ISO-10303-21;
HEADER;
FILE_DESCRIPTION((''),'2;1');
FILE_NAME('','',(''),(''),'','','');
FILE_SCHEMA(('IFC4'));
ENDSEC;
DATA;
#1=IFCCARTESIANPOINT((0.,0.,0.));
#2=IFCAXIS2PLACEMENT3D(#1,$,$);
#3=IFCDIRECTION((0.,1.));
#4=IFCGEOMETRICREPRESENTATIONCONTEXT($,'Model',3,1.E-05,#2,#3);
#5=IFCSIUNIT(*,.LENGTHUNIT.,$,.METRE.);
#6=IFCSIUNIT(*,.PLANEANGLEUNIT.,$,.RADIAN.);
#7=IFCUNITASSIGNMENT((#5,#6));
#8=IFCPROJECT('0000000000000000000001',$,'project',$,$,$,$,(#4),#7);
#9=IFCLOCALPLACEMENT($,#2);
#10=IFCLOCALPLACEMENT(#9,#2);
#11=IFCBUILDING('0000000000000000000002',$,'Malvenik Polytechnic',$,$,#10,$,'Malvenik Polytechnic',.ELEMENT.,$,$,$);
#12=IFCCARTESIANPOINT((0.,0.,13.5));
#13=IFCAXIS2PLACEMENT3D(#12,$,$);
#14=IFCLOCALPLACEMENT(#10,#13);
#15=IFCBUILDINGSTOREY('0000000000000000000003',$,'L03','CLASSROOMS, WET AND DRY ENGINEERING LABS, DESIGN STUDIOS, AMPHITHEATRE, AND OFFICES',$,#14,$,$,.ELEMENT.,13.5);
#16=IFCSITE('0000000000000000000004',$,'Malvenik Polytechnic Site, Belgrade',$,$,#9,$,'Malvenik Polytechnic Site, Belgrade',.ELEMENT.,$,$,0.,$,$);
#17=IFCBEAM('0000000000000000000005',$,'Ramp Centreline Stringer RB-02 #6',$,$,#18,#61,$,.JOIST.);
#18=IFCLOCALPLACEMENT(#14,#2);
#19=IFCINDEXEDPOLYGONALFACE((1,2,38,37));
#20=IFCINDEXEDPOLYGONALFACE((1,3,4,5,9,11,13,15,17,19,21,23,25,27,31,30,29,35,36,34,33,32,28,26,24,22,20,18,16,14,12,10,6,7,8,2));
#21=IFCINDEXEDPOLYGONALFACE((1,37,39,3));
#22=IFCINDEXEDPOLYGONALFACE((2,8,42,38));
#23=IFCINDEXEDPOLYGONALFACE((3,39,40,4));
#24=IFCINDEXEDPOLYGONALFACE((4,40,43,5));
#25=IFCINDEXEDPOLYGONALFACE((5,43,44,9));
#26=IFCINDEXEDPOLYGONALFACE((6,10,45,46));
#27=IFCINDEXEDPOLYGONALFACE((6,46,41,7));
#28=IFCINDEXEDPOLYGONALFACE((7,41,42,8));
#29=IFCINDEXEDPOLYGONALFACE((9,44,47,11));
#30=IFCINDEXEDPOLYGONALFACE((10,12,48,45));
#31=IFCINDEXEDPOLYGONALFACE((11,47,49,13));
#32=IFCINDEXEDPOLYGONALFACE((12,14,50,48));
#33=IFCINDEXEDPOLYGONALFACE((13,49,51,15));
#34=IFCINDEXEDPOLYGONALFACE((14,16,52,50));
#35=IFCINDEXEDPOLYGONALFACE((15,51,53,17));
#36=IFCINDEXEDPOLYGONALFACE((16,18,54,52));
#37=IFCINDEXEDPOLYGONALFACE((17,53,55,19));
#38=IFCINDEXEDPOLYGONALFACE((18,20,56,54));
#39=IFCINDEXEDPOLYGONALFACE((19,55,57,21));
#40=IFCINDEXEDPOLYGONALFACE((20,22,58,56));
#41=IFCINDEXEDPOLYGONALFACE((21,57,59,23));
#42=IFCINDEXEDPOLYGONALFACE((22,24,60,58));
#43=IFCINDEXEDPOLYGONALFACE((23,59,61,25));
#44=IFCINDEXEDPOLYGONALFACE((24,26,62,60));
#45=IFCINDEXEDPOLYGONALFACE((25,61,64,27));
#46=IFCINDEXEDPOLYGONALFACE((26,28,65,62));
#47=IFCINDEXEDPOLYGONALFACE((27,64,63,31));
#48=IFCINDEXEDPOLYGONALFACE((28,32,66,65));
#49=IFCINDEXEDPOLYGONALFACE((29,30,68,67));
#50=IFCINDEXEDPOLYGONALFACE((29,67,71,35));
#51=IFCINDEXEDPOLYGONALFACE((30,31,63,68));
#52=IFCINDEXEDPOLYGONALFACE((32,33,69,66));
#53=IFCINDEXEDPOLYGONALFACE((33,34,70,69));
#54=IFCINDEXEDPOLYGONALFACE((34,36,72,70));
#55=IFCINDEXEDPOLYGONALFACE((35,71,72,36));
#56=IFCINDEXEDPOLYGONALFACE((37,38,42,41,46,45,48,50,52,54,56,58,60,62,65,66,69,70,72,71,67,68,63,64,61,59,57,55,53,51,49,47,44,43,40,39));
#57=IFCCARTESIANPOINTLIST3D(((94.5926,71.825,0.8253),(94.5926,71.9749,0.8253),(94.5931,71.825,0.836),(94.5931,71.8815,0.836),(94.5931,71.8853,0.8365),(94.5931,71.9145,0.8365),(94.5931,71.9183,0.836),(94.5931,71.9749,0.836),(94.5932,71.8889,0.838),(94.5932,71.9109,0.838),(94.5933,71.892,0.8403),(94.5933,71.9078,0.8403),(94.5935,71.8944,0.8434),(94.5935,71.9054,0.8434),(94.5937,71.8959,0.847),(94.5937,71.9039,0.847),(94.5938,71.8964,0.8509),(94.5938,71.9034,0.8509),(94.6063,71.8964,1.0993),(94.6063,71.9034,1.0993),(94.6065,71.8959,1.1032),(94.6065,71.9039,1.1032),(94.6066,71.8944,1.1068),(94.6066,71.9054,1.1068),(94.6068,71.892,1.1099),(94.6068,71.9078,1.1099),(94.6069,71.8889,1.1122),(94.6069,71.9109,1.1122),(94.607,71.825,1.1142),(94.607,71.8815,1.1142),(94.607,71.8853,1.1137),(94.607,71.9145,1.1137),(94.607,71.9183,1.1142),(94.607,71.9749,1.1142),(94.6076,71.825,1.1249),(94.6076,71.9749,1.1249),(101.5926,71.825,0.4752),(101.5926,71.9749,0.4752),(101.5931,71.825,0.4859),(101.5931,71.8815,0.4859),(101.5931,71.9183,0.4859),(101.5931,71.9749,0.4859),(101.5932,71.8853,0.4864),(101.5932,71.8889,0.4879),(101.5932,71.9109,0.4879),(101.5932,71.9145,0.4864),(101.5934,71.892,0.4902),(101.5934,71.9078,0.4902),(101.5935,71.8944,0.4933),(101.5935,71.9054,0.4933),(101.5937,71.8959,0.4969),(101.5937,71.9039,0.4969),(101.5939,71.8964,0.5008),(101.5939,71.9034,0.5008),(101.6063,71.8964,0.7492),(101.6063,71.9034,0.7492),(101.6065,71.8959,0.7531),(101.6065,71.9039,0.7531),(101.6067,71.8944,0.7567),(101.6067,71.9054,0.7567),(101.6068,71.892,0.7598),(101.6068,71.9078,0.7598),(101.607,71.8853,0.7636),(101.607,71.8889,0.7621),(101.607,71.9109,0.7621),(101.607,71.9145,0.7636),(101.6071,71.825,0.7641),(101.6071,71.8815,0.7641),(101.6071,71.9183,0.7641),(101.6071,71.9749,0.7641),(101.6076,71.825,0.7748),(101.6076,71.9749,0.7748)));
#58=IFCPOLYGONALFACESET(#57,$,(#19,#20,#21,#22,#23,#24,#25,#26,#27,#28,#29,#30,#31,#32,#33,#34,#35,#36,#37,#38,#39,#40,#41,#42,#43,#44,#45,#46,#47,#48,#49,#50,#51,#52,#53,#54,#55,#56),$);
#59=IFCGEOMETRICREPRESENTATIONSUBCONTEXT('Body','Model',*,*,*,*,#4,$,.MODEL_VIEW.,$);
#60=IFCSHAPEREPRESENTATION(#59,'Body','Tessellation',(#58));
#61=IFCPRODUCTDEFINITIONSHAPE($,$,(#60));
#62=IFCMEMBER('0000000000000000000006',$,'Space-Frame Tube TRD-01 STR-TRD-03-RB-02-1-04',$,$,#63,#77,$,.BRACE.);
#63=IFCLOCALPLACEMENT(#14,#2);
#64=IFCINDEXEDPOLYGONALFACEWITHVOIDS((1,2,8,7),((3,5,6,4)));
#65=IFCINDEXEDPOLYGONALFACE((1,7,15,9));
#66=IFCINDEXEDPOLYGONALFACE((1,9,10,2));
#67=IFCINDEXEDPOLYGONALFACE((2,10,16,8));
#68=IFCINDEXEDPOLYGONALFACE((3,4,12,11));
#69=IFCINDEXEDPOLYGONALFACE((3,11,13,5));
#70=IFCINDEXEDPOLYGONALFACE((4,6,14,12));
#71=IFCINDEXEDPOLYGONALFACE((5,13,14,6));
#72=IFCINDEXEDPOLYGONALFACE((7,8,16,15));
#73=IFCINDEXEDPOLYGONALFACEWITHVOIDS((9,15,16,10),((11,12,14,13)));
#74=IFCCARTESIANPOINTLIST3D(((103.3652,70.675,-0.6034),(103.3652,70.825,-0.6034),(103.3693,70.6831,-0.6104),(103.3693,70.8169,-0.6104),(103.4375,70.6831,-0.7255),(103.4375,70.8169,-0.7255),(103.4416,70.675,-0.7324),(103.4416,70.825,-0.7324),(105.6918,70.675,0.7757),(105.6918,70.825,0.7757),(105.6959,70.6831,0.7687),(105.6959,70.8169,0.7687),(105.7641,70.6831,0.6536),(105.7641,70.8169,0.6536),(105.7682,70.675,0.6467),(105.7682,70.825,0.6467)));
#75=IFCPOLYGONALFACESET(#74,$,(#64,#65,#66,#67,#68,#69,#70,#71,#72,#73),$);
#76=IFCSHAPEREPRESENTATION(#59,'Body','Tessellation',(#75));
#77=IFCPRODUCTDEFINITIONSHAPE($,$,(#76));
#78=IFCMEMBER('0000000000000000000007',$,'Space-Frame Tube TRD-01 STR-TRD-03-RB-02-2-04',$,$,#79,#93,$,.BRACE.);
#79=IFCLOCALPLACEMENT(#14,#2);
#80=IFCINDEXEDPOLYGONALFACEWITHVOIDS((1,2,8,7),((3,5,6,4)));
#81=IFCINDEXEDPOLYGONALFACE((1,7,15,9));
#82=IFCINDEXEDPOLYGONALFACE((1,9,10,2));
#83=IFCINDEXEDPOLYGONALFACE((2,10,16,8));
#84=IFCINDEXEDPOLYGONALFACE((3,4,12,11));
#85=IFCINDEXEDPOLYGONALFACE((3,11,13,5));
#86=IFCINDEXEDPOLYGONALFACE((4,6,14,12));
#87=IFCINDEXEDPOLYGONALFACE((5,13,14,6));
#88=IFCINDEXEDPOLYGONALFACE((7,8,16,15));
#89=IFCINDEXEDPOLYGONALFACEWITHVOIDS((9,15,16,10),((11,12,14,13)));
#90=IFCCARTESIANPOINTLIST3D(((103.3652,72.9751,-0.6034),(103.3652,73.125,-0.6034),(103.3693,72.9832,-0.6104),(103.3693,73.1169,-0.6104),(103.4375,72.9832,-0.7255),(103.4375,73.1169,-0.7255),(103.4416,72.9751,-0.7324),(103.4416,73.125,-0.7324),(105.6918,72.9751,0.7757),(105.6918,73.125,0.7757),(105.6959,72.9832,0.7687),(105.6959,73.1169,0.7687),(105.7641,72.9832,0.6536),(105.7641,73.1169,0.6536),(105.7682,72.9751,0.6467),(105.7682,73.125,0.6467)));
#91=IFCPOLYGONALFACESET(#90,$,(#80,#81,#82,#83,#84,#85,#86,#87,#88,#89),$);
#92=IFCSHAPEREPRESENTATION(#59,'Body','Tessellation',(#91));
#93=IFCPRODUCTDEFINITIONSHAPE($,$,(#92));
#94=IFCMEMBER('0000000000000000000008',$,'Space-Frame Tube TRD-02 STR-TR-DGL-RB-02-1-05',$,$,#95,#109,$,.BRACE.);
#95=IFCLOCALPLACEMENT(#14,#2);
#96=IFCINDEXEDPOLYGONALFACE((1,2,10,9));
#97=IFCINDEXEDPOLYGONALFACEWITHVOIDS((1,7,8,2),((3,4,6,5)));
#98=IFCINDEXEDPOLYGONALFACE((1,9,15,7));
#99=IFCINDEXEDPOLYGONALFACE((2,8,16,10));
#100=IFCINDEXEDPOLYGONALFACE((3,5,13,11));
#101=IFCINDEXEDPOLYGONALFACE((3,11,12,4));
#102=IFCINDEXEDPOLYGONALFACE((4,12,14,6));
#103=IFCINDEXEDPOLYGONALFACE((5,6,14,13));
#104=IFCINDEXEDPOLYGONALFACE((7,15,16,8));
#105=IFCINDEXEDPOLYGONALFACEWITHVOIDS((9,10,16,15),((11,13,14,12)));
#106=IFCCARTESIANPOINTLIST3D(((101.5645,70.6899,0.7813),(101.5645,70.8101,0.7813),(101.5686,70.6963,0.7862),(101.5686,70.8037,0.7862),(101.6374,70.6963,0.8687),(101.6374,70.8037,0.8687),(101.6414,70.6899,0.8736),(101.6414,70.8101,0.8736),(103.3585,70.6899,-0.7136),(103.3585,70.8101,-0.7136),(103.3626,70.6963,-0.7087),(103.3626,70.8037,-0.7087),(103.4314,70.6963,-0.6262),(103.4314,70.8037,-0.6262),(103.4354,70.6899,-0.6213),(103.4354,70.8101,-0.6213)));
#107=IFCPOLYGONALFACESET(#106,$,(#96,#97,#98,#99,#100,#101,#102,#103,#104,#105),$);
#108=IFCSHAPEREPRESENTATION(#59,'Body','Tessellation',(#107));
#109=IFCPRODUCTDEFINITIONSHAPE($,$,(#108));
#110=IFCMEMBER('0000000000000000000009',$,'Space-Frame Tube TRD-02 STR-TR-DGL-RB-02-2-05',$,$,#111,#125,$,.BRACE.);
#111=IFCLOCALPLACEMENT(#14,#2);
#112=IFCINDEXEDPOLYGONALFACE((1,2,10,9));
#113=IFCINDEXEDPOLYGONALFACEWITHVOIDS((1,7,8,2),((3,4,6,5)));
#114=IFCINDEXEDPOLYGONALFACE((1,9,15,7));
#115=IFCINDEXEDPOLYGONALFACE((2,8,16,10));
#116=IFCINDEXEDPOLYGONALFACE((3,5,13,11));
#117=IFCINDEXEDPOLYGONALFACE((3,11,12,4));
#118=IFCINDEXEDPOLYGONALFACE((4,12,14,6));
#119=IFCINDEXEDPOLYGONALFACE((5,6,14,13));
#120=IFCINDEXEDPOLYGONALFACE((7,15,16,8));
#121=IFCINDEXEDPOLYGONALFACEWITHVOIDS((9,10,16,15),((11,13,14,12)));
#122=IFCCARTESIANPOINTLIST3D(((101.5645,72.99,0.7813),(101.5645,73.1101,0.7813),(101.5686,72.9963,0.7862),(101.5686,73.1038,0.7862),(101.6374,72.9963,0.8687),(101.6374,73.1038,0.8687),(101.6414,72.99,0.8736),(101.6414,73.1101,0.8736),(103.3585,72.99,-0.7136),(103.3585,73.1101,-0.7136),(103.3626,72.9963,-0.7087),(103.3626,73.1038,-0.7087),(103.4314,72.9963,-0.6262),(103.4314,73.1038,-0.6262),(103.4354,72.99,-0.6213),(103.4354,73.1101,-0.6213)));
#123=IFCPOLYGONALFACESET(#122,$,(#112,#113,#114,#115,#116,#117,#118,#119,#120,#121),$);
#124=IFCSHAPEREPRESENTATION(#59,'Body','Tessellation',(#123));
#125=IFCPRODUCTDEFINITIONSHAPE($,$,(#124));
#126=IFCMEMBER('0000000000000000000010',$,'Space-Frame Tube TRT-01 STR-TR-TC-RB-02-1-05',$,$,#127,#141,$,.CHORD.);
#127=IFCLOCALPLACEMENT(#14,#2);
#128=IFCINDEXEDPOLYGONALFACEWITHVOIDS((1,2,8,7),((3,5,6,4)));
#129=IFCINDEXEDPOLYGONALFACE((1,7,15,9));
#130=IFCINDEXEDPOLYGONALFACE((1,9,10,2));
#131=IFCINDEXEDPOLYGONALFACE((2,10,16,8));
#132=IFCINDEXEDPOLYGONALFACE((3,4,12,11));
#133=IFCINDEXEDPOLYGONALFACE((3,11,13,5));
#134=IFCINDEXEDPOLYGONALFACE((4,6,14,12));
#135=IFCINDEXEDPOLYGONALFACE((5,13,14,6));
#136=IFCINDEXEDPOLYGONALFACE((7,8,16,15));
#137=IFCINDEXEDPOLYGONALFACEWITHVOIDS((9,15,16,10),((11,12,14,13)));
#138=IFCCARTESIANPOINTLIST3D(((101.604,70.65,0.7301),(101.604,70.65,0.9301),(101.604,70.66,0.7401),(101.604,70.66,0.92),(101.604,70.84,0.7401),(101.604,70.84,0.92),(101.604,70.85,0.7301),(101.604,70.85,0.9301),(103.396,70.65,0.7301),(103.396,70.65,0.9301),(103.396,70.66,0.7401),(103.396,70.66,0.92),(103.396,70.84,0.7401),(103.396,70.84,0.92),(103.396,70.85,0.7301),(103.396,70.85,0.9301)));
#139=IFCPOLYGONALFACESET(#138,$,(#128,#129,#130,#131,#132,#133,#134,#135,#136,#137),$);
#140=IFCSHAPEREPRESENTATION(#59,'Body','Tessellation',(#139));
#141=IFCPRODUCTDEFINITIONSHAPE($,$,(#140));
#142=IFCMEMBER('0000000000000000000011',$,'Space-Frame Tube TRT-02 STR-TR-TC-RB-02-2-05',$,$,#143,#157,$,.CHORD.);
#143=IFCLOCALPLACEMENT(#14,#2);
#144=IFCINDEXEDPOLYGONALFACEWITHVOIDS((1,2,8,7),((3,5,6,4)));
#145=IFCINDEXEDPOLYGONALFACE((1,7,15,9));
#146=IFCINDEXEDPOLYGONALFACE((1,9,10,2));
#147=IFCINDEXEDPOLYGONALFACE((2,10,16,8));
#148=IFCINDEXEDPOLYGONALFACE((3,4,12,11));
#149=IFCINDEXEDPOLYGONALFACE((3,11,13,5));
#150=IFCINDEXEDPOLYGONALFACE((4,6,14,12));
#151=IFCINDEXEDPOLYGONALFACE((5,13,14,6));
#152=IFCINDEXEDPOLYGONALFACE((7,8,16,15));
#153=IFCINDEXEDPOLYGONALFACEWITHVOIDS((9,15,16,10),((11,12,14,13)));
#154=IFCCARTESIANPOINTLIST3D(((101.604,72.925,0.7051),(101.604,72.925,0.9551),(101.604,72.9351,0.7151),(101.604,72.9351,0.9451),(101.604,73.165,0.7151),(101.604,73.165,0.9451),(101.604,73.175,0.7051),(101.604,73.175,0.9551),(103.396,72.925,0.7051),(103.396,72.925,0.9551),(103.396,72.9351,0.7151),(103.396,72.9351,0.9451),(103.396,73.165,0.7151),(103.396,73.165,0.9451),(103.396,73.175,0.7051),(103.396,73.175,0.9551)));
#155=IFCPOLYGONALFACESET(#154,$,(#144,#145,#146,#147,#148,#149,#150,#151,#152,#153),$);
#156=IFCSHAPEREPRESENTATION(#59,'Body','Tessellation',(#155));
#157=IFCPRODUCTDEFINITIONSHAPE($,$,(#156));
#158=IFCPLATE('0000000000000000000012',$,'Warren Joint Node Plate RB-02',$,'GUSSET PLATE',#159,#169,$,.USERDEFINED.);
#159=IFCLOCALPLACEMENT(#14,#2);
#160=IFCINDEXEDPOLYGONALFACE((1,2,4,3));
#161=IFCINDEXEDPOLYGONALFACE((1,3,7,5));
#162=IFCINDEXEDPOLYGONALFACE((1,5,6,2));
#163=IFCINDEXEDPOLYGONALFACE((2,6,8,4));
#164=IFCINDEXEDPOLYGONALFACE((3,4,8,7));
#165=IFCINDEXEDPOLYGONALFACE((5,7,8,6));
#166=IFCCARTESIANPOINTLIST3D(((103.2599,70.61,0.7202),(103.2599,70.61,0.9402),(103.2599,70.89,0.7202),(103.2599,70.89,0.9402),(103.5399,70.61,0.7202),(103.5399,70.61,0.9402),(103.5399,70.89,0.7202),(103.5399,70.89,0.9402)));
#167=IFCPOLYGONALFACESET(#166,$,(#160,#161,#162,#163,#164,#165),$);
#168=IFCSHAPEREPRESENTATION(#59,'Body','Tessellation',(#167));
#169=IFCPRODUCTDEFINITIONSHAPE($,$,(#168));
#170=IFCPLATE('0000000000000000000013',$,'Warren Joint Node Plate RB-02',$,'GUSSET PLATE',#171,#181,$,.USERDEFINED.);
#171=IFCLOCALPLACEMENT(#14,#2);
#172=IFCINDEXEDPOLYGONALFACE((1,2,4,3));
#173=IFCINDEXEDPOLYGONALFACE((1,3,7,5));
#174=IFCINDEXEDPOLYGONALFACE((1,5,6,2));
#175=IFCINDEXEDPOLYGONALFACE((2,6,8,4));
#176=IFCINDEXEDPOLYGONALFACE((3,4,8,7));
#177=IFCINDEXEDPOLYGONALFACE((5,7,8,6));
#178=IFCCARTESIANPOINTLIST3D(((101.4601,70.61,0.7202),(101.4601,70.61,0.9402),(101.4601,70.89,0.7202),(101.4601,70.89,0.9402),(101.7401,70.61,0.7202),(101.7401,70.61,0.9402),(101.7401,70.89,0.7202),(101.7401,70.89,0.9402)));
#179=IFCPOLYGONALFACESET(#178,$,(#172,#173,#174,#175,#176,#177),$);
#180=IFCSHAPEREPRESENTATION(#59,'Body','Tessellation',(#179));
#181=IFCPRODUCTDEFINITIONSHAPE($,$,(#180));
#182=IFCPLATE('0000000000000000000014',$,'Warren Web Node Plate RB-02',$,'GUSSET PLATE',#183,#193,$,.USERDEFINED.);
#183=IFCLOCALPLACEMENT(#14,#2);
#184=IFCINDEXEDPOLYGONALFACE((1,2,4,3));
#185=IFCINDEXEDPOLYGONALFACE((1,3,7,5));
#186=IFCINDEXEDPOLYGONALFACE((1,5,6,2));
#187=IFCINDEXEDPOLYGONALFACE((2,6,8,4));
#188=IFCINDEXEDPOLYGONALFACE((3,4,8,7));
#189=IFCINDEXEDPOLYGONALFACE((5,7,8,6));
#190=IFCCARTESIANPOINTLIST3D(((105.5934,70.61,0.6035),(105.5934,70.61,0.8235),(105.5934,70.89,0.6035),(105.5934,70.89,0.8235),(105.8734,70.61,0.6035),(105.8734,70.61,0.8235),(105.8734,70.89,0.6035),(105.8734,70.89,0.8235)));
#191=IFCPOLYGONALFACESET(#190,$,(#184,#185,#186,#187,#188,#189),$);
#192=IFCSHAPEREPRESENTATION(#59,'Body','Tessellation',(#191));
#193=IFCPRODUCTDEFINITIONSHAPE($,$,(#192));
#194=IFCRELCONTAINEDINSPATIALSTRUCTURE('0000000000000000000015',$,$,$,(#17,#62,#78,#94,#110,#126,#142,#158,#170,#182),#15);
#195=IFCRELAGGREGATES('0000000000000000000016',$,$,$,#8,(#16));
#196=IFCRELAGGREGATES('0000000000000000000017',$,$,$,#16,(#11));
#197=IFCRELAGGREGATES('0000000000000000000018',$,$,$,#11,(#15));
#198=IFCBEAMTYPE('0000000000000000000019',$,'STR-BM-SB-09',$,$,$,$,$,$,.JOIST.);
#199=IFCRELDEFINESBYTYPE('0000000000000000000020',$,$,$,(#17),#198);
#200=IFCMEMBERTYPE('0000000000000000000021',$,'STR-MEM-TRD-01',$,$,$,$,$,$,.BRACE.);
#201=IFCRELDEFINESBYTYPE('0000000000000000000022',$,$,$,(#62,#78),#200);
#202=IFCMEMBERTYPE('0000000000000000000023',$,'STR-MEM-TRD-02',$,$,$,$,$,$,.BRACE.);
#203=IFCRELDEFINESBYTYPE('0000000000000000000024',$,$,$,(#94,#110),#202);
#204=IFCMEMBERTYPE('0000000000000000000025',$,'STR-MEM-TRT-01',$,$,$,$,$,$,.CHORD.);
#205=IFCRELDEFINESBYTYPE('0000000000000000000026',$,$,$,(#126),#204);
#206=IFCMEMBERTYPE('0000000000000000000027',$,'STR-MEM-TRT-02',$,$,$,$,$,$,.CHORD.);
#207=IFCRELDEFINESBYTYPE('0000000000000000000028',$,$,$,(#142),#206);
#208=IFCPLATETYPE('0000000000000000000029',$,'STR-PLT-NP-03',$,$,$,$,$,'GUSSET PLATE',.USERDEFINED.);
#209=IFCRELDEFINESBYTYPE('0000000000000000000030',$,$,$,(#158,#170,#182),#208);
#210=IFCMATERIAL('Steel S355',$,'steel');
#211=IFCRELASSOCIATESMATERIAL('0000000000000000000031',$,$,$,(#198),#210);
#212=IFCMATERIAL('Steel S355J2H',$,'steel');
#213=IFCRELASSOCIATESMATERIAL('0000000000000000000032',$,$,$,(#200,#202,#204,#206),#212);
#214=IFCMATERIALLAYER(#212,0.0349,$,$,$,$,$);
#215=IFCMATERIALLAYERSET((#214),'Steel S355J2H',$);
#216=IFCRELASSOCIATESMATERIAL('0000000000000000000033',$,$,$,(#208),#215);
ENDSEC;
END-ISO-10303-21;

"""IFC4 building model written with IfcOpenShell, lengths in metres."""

from ifc_helpers import new_model, si_unit, direction, frame, origin, origin_2d, place, context, subcontext, project, spatial, rectangle, hollow_rectangle, i_section, extrude, material, layer, layer_set, material_profile, profile_set, type_object, element, save


model = new_model("IFC4")

# Units and contexts
model_context = context("Model", 3, precision=1e-05, world=origin(), true_north=direction((0.0, 1.0)))
body_context = subcontext(model_context, "Body", "Model", "MODEL_VIEW")
ifc_project = project(units=[si_unit("LENGTHUNIT", "METRE"), si_unit("PLANEANGLEUNIT", "RADIAN")], contexts=[model_context])

# Site, building, storey
site_placement = place(None, origin())
site = spatial("IfcSite", under=ifc_project, at=site_placement, Name="Malvenik Polytechnic Site, Belgrade", LongName="Malvenik Polytechnic Site, Belgrade", CompositionType="ELEMENT", RefElevation=0.0)
building_placement = place(site_placement, origin())
building = spatial("IfcBuilding", under=site, at=building_placement, Name="Malvenik Polytechnic", LongName="Malvenik Polytechnic", CompositionType="ELEMENT")
storey_placement = place(building_placement, frame((0.0, 0.0, 13.5)))
storey = spatial("IfcBuildingStorey", under=building, at=storey_placement, Name="L03", Description="CLASSROOMS, WET AND DRY ENGINEERING LABS, DESIGN STUDIOS, AMPHITHEATRE, AND OFFICES", CompositionType="ELEMENT", Elevation=13.5)

# Shared definitions
ifc_material_1 = material(Name="Steel S355J2H", Category="steel")

# Beam
ifc_material_2 = material(Name="Steel S355", Category="steel")
ifc_material_profile_1 = material_profile(ifc_material_2, i_section(OverallWidth=0.1499, OverallDepth=0.3, WebThickness=0.0071, FlangeThickness=0.0107, FilletRadius=0.0149, at=origin_2d()), Name="IPE 300")
ifc_profile_set_1 = profile_set([ifc_material_profile_1], Name="Steel S355")
beam_type_1 = type_object("IfcBeamType", Name="STR-BM-SB-09", PredefinedType="JOIST", material=ifc_profile_set_1)
beam_1_placement = place(storey_placement, frame((101.6001, 71.8999, 0.625), z_axis=(-0.998752, 0.0, 0.049952), x_axis=(0.0, -1.0, 0.0)))
element("IfcBeam", 1, at=beam_1_placement, inside=storey, type_object=beam_type_1, Name="Ramp Centreline Stringer RB-02 #6", PredefinedType="JOIST", context=body_context, shape_type="SweptSolid", body=[
    extrude(i_section(OverallWidth=0.1499, OverallDepth=0.3, WebThickness=0.0071, FlangeThickness=0.0107, FilletRadius=0.0149, at=origin_2d()), origin(), (0.0, 0.0, 1.0), 7.0088),
])

# Members
ifc_material_profile_2 = material_profile(ifc_material_1, hollow_rectangle(XDim=0.1499, YDim=0.1499, WallThickness=0.0081, at=origin_2d()), Name="SHS 150x150x8.0")
ifc_profile_set_2 = profile_set([ifc_material_profile_2], Name="Steel S355J2H")
member_type_1 = type_object("IfcMemberType", Name="STR-MEM-TRD-01", PredefinedType="BRACE", material=ifc_profile_set_2)
for number, where, z_axis, x_axis, name in (
    (2, (105.73, 70.75, 0.7112), (-0.860228, 0.0, -0.509909), (0.0, -1.0, 0.0), "Space-Frame Tube TRD-01 STR-TRD-03-RB-02-1-04"),
    (3, (105.73, 73.05, 0.7112), (-0.860228, 0.0, -0.509909), (0.0, -1.0, 0.0), "Space-Frame Tube TRD-01 STR-TRD-03-RB-02-2-04"),
):
    element("IfcMember", number, at=place(storey_placement, frame(where, z_axis=z_axis, x_axis=x_axis)), inside=storey, type_object=member_type_1, Name=name, PredefinedType="BRACE", context=body_context, shape_type="SweptSolid", body=[
        extrude(hollow_rectangle(XDim=0.1499, YDim=0.1499, WallThickness=0.0081, at=origin_2d()), origin(), (0.0, 0.0, 1.0), 2.7046),
    ])
ifc_material_profile_3 = material_profile(ifc_material_1, hollow_rectangle(XDim=0.1201, YDim=0.1201, WallThickness=0.0063, at=origin_2d()), Name="SHS 120x120x6.3")
ifc_profile_set_3 = profile_set([ifc_material_profile_3], Name="Steel S355J2H")
member_type_2 = type_object("IfcMemberType", Name="STR-MEM-TRD-02", PredefinedType="BRACE", material=ifc_profile_set_3)
for number, where, z_axis, x_axis, name in (
    (4, (103.397, 70.75, -0.6675), (-0.768238, 0.0, 0.640164), (0.0, -1.0, 0.0), "Space-Frame Tube TRD-02 STR-TR-DGL-RB-02-1-05"),
    (5, (103.397, 73.05, -0.6675), (-0.768238, 0.0, 0.640164), (0.0, -1.0, 0.0), "Space-Frame Tube TRD-02 STR-TR-DGL-RB-02-2-05"),
):
    element("IfcMember", number, at=place(storey_placement, frame(where, z_axis=z_axis, x_axis=x_axis)), inside=storey, type_object=member_type_2, Name=name, PredefinedType="BRACE", context=body_context, shape_type="SweptSolid", body=[
        extrude(hollow_rectangle(XDim=0.1201, YDim=0.1201, WallThickness=0.0063, at=origin_2d()), origin(), (0.0, 0.0, 1.0), 2.3352),
    ])
ifc_material_profile_4 = material_profile(ifc_material_1, hollow_rectangle(XDim=0.2, YDim=0.2, WallThickness=0.01, at=origin_2d()), Name="SHS 200x200x10.0")
ifc_profile_set_4 = profile_set([ifc_material_profile_4], Name="Steel S355J2H")
member_type_3 = type_object("IfcMemberType", Name="STR-MEM-TRT-01", PredefinedType="CHORD", material=ifc_profile_set_4)
member_1_placement = place(storey_placement, frame((103.396, 70.75, 0.8301), z_axis=(-1.0, 0.0, 0.0), x_axis=(0.0, -1.0, 0.0)))
element("IfcMember", 6, at=member_1_placement, inside=storey, type_object=member_type_3, Name="Space-Frame Tube TRT-01 STR-TR-TC-RB-02-1-05", PredefinedType="CHORD", context=body_context, shape_type="SweptSolid", body=[
    extrude(hollow_rectangle(XDim=0.2, YDim=0.2, WallThickness=0.01, at=origin_2d()), origin(), (0.0, 0.0, 1.0), 1.792),
])
ifc_material_profile_5 = material_profile(ifc_material_1, hollow_rectangle(XDim=0.25, YDim=0.25, WallThickness=0.01, at=origin_2d()), Name="SHS 250x250x10.0")
ifc_profile_set_5 = profile_set([ifc_material_profile_5], Name="Steel S355J2H")
member_type_4 = type_object("IfcMemberType", Name="STR-MEM-TRT-02", PredefinedType="CHORD", material=ifc_profile_set_5)
member_2_placement = place(storey_placement, frame((103.396, 73.05, 0.8301), z_axis=(-1.0, 0.0, 0.0), x_axis=(0.0, -1.0, 0.0)))
element("IfcMember", 7, at=member_2_placement, inside=storey, type_object=member_type_4, Name="Space-Frame Tube TRT-02 STR-TR-TC-RB-02-2-05", PredefinedType="CHORD", context=body_context, shape_type="SweptSolid", body=[
    extrude(hollow_rectangle(XDim=0.25, YDim=0.25, WallThickness=0.01, at=origin_2d()), origin(), (0.0, 0.0, 1.0), 1.792),
])

# Plates
ifc_layer_1 = layer(ifc_material_1, 0.0349)
ifc_layer_set_1 = layer_set([ifc_layer_1], Name="Steel S355J2H")
plate_type = type_object("IfcPlateType", Name="STR-PLT-NP-03", ElementType="GUSSET PLATE", PredefinedType="USERDEFINED", material=ifc_layer_set_1)
for number, where, z_axis, x_axis, name in (
    (8, (103.3999, 70.75, 0.7202), (0.0, 0.0, 1.0), (1.0, 0.0, 0.0), "Warren Joint Node Plate RB-02"),
    (9, (101.6001, 70.75, 0.7202), (0.0, 0.0, 1.0), (1.0, 0.0, 0.0), "Warren Joint Node Plate RB-02"),
    (10, (105.7334, 70.75, 0.6035), (0.0, 0.0, 1.0), (1.0, 0.0, 0.0), "Warren Web Node Plate RB-02"),
):
    element("IfcPlate", number, at=place(storey_placement, frame(where, z_axis=z_axis, x_axis=x_axis)), inside=storey, type_object=plate_type, Name=name, ObjectType="GUSSET PLATE", PredefinedType="USERDEFINED", context=body_context, shape_type="SweptSolid", body=[
        extrude(rectangle(XDim=0.28, YDim=0.28, at=origin_2d()), origin(), (0.0, 0.0, 1.0), 0.22),
    ])

save(model, "model.ifc")
